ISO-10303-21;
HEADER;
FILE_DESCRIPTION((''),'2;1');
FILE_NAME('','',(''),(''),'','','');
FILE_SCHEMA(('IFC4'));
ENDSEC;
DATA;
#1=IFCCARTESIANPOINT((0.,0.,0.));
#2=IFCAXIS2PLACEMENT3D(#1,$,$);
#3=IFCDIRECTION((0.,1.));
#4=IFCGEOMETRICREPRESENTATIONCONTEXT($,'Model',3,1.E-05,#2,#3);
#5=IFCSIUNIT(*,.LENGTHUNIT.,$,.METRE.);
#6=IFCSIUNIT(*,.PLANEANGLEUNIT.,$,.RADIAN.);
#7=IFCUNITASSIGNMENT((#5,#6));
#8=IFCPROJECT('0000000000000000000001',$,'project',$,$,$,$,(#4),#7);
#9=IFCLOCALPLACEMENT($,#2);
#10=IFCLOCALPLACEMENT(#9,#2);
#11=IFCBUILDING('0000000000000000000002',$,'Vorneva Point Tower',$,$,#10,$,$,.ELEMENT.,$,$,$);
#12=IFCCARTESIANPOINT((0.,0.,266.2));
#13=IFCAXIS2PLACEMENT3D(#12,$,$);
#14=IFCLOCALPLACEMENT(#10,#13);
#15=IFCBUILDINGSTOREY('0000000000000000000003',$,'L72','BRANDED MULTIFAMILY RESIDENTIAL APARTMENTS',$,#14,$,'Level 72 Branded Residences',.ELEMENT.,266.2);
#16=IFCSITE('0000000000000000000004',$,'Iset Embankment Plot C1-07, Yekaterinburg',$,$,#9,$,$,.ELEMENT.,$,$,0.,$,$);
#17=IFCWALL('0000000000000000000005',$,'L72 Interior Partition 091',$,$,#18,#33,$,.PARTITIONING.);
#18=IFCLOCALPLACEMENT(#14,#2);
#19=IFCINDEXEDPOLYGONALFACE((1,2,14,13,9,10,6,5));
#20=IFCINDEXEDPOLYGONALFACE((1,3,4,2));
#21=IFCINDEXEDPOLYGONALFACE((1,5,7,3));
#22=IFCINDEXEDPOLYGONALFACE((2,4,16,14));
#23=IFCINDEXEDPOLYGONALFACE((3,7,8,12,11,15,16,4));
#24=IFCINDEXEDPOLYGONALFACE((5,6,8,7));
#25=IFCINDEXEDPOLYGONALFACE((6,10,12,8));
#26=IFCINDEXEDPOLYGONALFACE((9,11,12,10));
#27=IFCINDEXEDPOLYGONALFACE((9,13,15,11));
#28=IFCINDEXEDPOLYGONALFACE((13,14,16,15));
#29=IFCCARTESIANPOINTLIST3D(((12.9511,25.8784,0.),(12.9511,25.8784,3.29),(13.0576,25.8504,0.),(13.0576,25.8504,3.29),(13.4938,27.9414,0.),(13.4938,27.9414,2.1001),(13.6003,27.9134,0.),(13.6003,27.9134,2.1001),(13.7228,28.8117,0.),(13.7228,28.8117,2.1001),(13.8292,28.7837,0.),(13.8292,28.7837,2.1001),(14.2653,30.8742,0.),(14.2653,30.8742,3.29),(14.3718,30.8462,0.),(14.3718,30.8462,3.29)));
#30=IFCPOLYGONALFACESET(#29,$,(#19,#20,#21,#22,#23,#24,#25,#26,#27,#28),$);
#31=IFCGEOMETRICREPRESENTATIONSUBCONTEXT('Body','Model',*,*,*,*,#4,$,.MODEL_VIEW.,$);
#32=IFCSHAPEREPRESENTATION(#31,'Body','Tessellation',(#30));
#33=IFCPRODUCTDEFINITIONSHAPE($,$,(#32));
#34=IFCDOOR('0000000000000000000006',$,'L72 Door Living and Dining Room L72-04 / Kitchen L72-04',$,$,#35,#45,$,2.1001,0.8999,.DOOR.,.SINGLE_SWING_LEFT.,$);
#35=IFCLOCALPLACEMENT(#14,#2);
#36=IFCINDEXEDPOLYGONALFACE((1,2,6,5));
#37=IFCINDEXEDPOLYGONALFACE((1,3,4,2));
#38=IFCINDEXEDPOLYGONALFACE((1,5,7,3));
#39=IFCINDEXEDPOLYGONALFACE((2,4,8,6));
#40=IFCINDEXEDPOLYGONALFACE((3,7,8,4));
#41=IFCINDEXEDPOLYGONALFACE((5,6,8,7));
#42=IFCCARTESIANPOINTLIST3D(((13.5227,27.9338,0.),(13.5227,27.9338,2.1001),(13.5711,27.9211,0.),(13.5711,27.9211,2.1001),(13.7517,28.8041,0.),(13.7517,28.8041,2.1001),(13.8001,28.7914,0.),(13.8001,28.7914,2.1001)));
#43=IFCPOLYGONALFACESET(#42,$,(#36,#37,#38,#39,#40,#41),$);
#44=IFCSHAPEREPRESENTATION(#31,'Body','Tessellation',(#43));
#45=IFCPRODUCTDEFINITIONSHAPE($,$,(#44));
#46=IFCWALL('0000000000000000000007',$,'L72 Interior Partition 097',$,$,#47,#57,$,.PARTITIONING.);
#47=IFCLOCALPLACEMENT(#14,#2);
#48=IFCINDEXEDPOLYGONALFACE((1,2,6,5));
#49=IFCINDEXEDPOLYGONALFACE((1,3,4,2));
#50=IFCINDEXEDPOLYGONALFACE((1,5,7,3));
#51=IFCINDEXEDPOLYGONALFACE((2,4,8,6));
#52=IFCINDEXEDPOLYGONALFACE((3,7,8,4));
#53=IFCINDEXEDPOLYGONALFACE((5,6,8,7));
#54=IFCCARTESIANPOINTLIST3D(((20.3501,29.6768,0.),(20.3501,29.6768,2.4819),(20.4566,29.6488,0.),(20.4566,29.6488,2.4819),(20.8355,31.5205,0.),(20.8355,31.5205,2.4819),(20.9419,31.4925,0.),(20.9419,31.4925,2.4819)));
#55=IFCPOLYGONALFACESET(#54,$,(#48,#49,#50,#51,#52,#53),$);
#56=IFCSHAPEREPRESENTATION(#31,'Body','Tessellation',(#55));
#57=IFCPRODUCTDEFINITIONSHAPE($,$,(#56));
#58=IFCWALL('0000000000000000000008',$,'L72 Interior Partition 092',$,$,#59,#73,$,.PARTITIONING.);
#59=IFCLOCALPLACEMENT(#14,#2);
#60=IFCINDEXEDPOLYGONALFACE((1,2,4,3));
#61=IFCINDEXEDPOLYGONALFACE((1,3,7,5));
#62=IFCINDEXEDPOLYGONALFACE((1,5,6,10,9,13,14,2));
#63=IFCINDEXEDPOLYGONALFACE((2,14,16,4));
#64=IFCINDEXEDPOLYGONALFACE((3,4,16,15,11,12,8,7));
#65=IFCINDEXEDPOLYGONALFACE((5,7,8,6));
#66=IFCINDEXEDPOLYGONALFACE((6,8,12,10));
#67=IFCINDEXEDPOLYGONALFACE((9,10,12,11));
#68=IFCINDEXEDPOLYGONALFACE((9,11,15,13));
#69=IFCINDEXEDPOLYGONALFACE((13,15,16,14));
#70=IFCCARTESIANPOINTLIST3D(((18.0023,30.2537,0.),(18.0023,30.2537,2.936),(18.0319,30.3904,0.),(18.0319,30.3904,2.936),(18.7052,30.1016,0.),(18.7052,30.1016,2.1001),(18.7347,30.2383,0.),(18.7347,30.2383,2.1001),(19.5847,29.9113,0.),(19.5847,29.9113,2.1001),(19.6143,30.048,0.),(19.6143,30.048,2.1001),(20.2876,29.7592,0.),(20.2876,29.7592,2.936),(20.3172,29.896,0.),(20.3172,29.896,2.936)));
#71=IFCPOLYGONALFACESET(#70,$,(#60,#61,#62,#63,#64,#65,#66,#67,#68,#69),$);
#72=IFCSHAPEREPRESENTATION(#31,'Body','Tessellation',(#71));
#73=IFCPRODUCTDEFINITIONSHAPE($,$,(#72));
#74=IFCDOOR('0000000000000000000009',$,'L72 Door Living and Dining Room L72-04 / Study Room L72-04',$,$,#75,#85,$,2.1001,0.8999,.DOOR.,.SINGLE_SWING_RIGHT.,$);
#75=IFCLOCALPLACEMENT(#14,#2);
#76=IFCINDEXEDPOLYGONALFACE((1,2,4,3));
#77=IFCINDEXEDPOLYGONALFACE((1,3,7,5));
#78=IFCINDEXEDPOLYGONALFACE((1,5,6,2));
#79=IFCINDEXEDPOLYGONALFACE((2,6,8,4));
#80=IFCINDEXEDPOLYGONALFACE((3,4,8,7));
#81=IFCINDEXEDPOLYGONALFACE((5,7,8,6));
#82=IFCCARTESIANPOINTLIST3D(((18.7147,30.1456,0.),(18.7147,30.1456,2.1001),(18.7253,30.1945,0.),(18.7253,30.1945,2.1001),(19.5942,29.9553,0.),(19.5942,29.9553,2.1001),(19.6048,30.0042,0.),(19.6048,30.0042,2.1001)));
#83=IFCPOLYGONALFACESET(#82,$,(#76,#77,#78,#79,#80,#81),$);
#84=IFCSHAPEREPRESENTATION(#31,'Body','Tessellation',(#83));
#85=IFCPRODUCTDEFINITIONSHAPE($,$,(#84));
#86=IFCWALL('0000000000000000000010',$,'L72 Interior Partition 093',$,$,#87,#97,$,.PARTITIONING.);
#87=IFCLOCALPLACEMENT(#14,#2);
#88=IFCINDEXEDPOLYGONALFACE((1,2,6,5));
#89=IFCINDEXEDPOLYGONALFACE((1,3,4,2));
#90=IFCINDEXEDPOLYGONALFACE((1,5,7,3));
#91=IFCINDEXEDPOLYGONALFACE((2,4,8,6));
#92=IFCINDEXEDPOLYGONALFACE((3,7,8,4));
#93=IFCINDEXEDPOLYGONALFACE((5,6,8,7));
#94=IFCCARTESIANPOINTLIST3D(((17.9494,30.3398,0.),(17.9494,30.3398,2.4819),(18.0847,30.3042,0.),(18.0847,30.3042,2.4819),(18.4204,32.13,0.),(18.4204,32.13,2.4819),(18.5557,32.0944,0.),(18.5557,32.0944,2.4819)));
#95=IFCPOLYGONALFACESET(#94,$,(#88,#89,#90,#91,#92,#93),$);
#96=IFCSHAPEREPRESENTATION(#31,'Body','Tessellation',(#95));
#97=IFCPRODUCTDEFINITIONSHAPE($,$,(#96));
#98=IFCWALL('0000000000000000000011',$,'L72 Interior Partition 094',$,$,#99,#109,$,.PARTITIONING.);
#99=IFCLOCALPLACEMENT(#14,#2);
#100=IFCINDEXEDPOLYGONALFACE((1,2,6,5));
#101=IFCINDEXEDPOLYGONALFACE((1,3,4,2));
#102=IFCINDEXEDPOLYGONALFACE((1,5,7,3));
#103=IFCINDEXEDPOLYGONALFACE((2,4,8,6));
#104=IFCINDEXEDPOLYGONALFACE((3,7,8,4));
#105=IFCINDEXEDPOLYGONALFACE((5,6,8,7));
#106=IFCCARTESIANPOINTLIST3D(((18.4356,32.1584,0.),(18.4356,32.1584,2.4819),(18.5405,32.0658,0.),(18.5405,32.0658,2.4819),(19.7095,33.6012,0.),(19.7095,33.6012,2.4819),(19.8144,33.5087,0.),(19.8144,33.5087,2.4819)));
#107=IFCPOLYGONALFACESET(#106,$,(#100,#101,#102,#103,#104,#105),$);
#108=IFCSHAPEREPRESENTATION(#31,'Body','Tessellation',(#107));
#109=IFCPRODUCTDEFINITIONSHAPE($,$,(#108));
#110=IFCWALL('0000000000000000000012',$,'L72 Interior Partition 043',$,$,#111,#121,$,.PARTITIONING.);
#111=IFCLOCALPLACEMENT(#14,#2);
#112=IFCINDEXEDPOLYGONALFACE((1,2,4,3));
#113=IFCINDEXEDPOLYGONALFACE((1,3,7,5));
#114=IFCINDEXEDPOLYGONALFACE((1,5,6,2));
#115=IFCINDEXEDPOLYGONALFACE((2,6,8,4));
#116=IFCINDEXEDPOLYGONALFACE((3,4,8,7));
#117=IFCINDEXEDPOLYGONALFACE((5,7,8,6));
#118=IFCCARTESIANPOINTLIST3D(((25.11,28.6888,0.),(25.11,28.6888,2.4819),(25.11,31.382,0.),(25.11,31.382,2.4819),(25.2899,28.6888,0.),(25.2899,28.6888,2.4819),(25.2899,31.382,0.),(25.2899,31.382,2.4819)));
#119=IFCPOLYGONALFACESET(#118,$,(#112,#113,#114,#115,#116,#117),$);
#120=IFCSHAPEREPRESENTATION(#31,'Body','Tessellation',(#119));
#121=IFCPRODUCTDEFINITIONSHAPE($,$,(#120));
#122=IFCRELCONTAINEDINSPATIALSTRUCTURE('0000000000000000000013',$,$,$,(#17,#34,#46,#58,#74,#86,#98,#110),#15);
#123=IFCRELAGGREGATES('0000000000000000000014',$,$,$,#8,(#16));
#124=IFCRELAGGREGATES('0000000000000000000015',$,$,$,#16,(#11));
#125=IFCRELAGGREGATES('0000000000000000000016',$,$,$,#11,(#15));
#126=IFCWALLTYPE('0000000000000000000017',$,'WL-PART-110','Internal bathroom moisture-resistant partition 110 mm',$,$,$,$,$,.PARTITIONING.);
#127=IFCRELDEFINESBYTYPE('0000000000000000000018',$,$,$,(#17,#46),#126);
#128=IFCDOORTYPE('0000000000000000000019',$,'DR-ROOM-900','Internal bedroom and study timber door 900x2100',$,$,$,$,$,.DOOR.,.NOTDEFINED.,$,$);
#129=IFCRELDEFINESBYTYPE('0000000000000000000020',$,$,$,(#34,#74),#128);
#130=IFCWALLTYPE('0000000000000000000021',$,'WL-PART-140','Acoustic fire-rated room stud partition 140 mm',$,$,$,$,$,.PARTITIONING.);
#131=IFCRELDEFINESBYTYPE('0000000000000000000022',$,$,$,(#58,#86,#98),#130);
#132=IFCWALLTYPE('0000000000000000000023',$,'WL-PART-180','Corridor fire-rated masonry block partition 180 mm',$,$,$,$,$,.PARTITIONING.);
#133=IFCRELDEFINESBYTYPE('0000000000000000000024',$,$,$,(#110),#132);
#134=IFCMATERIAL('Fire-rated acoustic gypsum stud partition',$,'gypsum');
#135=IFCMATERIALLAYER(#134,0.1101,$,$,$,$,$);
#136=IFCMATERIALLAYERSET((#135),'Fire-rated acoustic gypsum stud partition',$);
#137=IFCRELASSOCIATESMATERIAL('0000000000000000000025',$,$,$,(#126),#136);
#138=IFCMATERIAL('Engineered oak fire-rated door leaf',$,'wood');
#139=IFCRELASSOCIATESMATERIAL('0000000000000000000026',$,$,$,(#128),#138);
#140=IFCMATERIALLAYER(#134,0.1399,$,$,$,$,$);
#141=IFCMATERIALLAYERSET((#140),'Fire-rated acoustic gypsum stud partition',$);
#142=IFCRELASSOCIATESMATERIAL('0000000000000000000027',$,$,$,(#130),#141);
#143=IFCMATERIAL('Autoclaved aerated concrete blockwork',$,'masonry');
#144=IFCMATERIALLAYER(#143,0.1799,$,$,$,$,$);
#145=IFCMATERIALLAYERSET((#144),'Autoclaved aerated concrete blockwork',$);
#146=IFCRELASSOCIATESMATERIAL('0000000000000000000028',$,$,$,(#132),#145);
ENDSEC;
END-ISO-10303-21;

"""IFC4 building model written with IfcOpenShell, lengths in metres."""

from ifc_helpers import new_model, si_unit, direction, frame, frame_2d, origin, place, context, subcontext, project, spatial, rectangle, extrude, material, layer, layer_set, type_object, element, fill, save


model = new_model("IFC4")

# Units and contexts
model_context = context("Model", 3, precision=1e-05, world=origin(), true_north=direction((0.0, 1.0)))
body_context = subcontext(model_context, "Body", "Model", "MODEL_VIEW")
ifc_project = project(units=[si_unit("LENGTHUNIT", "METRE"), si_unit("PLANEANGLEUNIT", "RADIAN")], contexts=[model_context])

# Site, building, storey
site_placement = place(None, origin())
site = spatial("IfcSite", under=ifc_project, at=site_placement, Name="Iset Embankment Plot C1-07, Yekaterinburg", CompositionType="ELEMENT", RefElevation=0.0)
building_placement = place(site_placement, origin())
building = spatial("IfcBuilding", under=site, at=building_placement, Name="Vorneva Point Tower", CompositionType="ELEMENT")
storey_placement = place(building_placement, frame((0.0, 0.0, 266.2)))
storey = spatial("IfcBuildingStorey", under=building, at=storey_placement, Name="L72", Description="BRANDED MULTIFAMILY RESIDENTIAL APARTMENTS", LongName="Level 72 Branded Residences", CompositionType="ELEMENT", Elevation=266.2)

# Shared definitions
ifc_material_1 = material(Name="Fire-rated acoustic gypsum stud partition", Category="gypsum")
ifc_layer_1 = layer(ifc_material_1, 0.1101)
ifc_layer_set_1 = layer_set([ifc_layer_1], Name="Fire-rated acoustic gypsum stud partition")
wall_type_1 = type_object("IfcWallType", Name="WL-PART-110", Description="Internal bathroom moisture-resistant partition 110 mm", PredefinedType="PARTITIONING", material=ifc_layer_set_1)
ifc_material_2 = material(Name="Engineered oak fire-rated door leaf", Category="wood")

# Wall, opening, door
wall_1_placement = place(storey_placement, frame((14.3186, 30.8604, 0.0), z_axis=(0.0, 0.0, 1.0), x_axis=(-0.254405, -0.967098, 0.0)))
wall_1 = element("IfcWall", 1, at=wall_1_placement, inside=storey, type_object=wall_type_1, Name="L72 Interior Partition 091", PredefinedType="PARTITIONING", context=body_context, shape_type="SweptSolid", body=[
    extrude(rectangle(XDim=5.1658, YDim=0.1101, at=frame_2d((2.583, 0.0))), origin(), (0.0, 0.0, 1.0), 3.29),
])
opening_1_placement = place(wall_1_placement, frame((2.1328, 0.0, 0.0)))
opening_1 = element("IfcOpeningElement", 2, at=opening_1_placement, cuts=wall_1, PredefinedType="OPENING", context=body_context, shape_type="SweptSolid", body=[
    extrude(rectangle(XDim=0.8999, YDim=2.1001, at=frame_2d((0.45, 1.05))), frame((0.0, 0.0698, 0.0), z_axis=(0.0, -1.0, 0.0), x_axis=(1.0, 0.0, 0.0)), (0.0, 0.0, 1.0), 0.1399),
])
door_type_1 = type_object("IfcDoorType", Name="DR-ROOM-900", Description="Internal bedroom and study timber door 900x2100", OperationType="NOTDEFINED", PredefinedType="DOOR", material=ifc_material_2)
door_1_placement = place(opening_1_placement, origin())
door_1 = element("IfcDoor", 3, at=door_1_placement, inside=storey, type_object=door_type_1, Name="L72 Door Living and Dining Room L72-04 / Kitchen L72-04", OperationType="SINGLE_SWING_LEFT", OverallHeight=2.1001, OverallWidth=0.8999, PredefinedType="DOOR", context=body_context, shape_type="SweptSolid", body=[
    extrude(rectangle(XDim=0.8999, YDim=2.1001, at=frame_2d((0.45, 1.05))), frame((0.0, 0.0249, 0.0), z_axis=(0.0, -1.0, 0.0), x_axis=(1.0, 0.0, 0.0)), (0.0, 0.0, 1.0), 0.05),
])
fill(opening_1, door_1)

# Wall
wall_2_placement = place(storey_placement, frame((20.8887, 31.5063, 0.0), z_axis=(0.0, 0.0, 1.0), x_axis=(-0.254569, -0.967055, 0.0)))
element("IfcWall", 4, at=wall_2_placement, inside=storey, type_object=wall_type_1, Name="L72 Interior Partition 097", PredefinedType="PARTITIONING", context=body_context, shape_type="SweptSolid", body=[
    extrude(rectangle(XDim=1.9065, YDim=0.1101, at=frame_2d((0.9531, 0.0))), origin(), (0.0, 0.0, 1.0), 2.4819),
])

# Wall, opening, door
ifc_layer_2 = layer(ifc_material_1, 0.1399)
ifc_layer_set_2 = layer_set([ifc_layer_2], Name="Fire-rated acoustic gypsum stud partition")
wall_type_2 = type_object("IfcWallType", Name="WL-PART-140", Description="Acoustic fire-rated room stud partition 140 mm", PredefinedType="PARTITIONING", material=ifc_layer_set_2)
wall_3_placement = place(storey_placement, frame((20.3022, 29.8276, 0.0), z_axis=(0.0, 0.0, 1.0), x_axis=(-0.977388, 0.211454, 0.0)))
wall_3 = element("IfcWall", 5, at=wall_3_placement, inside=storey, type_object=wall_type_2, Name="L72 Interior Partition 092", PredefinedType="PARTITIONING", context=body_context, shape_type="SweptSolid", body=[
    extrude(rectangle(XDim=2.3381, YDim=0.1399, at=frame_2d((1.1689, 0.0))), origin(), (0.0, 0.0, 1.0), 2.936),
])
opening_2_placement = place(wall_3_placement, frame((0.719, 0.0, 0.0)))
opening_2 = element("IfcOpeningElement", 6, at=opening_2_placement, cuts=wall_3, PredefinedType="OPENING", context=body_context, shape_type="SweptSolid", body=[
    extrude(rectangle(XDim=0.8999, YDim=2.1001, at=frame_2d((0.45, 1.05))), frame((0.0, 0.085, 0.0), z_axis=(0.0, -1.0, 0.0), x_axis=(1.0, 0.0, 0.0)), (0.0, 0.0, 1.0), 0.1697),
])
door_2_placement = place(opening_2_placement, origin())
door_2 = element("IfcDoor", 7, at=door_2_placement, inside=storey, type_object=door_type_1, Name="L72 Door Living and Dining Room L72-04 / Study Room L72-04", OperationType="SINGLE_SWING_RIGHT", OverallHeight=2.1001, OverallWidth=0.8999, PredefinedType="DOOR", context=body_context, shape_type="SweptSolid", body=[
    extrude(rectangle(XDim=0.8999, YDim=2.1001, at=frame_2d((0.45, 1.05))), frame((0.0, 0.0249, 0.0), z_axis=(0.0, -1.0, 0.0), x_axis=(1.0, 0.0, 0.0)), (0.0, 0.0, 1.0), 0.05),
])
fill(opening_2, door_2)

# Walls
wall_4_placement = place(storey_placement, frame((18.0171, 30.322, 0.0), z_axis=(0.0, 0.0, 1.0), x_axis=(0.254435, 0.96709, 0.0)))
element("IfcWall", 8, at=wall_4_placement, inside=storey, type_object=wall_type_2, Name="L72 Interior Partition 093", PredefinedType="PARTITIONING", context=body_context, shape_type="SweptSolid", body=[
    extrude(rectangle(XDim=1.8511, YDim=0.1399, at=frame_2d((0.9255, 0.0))), origin(), (0.0, 0.0, 1.0), 2.4819),
])
wall_5_placement = place(storey_placement, frame((18.488, 32.1121, 0.0), z_axis=(0.0, 0.0, 1.0), x_axis=(0.661857, 0.749631, 0.0)))
element("IfcWall", 9, at=wall_5_placement, inside=storey, type_object=wall_type_2, Name="L72 Interior Partition 094", PredefinedType="PARTITIONING", context=body_context, shape_type="SweptSolid", body=[
    extrude(rectangle(XDim=1.9248, YDim=0.1399, at=frame_2d((0.9624, 0.0))), origin(), (0.0, 0.0, 1.0), 2.4819),
])

# Shared definitions
ifc_material_3 = material(Name="Autoclaved aerated concrete blockwork", Category="masonry")
ifc_layer_3 = layer(ifc_material_3, 0.1799)
ifc_layer_set_3 = layer_set([ifc_layer_3], Name="Autoclaved aerated concrete blockwork")
wall_type_3 = type_object("IfcWallType", Name="WL-PART-180", Description="Corridor fire-rated masonry block partition 180 mm", PredefinedType="PARTITIONING", material=ifc_layer_set_3)

# Wall
wall_6_placement = place(storey_placement, frame((25.2, 31.3821, 0.0), z_axis=(0.0, 0.0, 1.0), x_axis=(0.0, -1.0, 0.0)))
element("IfcWall", 10, at=wall_6_placement, inside=storey, type_object=wall_type_3, Name="L72 Interior Partition 043", PredefinedType="PARTITIONING", context=body_context, shape_type="SweptSolid", body=[
    extrude(rectangle(XDim=2.6931, YDim=0.1799, at=frame_2d((1.3467, 0.0))), origin(), (0.0, 0.0, 1.0), 2.4819),
])

save(model, "model.ifc")
